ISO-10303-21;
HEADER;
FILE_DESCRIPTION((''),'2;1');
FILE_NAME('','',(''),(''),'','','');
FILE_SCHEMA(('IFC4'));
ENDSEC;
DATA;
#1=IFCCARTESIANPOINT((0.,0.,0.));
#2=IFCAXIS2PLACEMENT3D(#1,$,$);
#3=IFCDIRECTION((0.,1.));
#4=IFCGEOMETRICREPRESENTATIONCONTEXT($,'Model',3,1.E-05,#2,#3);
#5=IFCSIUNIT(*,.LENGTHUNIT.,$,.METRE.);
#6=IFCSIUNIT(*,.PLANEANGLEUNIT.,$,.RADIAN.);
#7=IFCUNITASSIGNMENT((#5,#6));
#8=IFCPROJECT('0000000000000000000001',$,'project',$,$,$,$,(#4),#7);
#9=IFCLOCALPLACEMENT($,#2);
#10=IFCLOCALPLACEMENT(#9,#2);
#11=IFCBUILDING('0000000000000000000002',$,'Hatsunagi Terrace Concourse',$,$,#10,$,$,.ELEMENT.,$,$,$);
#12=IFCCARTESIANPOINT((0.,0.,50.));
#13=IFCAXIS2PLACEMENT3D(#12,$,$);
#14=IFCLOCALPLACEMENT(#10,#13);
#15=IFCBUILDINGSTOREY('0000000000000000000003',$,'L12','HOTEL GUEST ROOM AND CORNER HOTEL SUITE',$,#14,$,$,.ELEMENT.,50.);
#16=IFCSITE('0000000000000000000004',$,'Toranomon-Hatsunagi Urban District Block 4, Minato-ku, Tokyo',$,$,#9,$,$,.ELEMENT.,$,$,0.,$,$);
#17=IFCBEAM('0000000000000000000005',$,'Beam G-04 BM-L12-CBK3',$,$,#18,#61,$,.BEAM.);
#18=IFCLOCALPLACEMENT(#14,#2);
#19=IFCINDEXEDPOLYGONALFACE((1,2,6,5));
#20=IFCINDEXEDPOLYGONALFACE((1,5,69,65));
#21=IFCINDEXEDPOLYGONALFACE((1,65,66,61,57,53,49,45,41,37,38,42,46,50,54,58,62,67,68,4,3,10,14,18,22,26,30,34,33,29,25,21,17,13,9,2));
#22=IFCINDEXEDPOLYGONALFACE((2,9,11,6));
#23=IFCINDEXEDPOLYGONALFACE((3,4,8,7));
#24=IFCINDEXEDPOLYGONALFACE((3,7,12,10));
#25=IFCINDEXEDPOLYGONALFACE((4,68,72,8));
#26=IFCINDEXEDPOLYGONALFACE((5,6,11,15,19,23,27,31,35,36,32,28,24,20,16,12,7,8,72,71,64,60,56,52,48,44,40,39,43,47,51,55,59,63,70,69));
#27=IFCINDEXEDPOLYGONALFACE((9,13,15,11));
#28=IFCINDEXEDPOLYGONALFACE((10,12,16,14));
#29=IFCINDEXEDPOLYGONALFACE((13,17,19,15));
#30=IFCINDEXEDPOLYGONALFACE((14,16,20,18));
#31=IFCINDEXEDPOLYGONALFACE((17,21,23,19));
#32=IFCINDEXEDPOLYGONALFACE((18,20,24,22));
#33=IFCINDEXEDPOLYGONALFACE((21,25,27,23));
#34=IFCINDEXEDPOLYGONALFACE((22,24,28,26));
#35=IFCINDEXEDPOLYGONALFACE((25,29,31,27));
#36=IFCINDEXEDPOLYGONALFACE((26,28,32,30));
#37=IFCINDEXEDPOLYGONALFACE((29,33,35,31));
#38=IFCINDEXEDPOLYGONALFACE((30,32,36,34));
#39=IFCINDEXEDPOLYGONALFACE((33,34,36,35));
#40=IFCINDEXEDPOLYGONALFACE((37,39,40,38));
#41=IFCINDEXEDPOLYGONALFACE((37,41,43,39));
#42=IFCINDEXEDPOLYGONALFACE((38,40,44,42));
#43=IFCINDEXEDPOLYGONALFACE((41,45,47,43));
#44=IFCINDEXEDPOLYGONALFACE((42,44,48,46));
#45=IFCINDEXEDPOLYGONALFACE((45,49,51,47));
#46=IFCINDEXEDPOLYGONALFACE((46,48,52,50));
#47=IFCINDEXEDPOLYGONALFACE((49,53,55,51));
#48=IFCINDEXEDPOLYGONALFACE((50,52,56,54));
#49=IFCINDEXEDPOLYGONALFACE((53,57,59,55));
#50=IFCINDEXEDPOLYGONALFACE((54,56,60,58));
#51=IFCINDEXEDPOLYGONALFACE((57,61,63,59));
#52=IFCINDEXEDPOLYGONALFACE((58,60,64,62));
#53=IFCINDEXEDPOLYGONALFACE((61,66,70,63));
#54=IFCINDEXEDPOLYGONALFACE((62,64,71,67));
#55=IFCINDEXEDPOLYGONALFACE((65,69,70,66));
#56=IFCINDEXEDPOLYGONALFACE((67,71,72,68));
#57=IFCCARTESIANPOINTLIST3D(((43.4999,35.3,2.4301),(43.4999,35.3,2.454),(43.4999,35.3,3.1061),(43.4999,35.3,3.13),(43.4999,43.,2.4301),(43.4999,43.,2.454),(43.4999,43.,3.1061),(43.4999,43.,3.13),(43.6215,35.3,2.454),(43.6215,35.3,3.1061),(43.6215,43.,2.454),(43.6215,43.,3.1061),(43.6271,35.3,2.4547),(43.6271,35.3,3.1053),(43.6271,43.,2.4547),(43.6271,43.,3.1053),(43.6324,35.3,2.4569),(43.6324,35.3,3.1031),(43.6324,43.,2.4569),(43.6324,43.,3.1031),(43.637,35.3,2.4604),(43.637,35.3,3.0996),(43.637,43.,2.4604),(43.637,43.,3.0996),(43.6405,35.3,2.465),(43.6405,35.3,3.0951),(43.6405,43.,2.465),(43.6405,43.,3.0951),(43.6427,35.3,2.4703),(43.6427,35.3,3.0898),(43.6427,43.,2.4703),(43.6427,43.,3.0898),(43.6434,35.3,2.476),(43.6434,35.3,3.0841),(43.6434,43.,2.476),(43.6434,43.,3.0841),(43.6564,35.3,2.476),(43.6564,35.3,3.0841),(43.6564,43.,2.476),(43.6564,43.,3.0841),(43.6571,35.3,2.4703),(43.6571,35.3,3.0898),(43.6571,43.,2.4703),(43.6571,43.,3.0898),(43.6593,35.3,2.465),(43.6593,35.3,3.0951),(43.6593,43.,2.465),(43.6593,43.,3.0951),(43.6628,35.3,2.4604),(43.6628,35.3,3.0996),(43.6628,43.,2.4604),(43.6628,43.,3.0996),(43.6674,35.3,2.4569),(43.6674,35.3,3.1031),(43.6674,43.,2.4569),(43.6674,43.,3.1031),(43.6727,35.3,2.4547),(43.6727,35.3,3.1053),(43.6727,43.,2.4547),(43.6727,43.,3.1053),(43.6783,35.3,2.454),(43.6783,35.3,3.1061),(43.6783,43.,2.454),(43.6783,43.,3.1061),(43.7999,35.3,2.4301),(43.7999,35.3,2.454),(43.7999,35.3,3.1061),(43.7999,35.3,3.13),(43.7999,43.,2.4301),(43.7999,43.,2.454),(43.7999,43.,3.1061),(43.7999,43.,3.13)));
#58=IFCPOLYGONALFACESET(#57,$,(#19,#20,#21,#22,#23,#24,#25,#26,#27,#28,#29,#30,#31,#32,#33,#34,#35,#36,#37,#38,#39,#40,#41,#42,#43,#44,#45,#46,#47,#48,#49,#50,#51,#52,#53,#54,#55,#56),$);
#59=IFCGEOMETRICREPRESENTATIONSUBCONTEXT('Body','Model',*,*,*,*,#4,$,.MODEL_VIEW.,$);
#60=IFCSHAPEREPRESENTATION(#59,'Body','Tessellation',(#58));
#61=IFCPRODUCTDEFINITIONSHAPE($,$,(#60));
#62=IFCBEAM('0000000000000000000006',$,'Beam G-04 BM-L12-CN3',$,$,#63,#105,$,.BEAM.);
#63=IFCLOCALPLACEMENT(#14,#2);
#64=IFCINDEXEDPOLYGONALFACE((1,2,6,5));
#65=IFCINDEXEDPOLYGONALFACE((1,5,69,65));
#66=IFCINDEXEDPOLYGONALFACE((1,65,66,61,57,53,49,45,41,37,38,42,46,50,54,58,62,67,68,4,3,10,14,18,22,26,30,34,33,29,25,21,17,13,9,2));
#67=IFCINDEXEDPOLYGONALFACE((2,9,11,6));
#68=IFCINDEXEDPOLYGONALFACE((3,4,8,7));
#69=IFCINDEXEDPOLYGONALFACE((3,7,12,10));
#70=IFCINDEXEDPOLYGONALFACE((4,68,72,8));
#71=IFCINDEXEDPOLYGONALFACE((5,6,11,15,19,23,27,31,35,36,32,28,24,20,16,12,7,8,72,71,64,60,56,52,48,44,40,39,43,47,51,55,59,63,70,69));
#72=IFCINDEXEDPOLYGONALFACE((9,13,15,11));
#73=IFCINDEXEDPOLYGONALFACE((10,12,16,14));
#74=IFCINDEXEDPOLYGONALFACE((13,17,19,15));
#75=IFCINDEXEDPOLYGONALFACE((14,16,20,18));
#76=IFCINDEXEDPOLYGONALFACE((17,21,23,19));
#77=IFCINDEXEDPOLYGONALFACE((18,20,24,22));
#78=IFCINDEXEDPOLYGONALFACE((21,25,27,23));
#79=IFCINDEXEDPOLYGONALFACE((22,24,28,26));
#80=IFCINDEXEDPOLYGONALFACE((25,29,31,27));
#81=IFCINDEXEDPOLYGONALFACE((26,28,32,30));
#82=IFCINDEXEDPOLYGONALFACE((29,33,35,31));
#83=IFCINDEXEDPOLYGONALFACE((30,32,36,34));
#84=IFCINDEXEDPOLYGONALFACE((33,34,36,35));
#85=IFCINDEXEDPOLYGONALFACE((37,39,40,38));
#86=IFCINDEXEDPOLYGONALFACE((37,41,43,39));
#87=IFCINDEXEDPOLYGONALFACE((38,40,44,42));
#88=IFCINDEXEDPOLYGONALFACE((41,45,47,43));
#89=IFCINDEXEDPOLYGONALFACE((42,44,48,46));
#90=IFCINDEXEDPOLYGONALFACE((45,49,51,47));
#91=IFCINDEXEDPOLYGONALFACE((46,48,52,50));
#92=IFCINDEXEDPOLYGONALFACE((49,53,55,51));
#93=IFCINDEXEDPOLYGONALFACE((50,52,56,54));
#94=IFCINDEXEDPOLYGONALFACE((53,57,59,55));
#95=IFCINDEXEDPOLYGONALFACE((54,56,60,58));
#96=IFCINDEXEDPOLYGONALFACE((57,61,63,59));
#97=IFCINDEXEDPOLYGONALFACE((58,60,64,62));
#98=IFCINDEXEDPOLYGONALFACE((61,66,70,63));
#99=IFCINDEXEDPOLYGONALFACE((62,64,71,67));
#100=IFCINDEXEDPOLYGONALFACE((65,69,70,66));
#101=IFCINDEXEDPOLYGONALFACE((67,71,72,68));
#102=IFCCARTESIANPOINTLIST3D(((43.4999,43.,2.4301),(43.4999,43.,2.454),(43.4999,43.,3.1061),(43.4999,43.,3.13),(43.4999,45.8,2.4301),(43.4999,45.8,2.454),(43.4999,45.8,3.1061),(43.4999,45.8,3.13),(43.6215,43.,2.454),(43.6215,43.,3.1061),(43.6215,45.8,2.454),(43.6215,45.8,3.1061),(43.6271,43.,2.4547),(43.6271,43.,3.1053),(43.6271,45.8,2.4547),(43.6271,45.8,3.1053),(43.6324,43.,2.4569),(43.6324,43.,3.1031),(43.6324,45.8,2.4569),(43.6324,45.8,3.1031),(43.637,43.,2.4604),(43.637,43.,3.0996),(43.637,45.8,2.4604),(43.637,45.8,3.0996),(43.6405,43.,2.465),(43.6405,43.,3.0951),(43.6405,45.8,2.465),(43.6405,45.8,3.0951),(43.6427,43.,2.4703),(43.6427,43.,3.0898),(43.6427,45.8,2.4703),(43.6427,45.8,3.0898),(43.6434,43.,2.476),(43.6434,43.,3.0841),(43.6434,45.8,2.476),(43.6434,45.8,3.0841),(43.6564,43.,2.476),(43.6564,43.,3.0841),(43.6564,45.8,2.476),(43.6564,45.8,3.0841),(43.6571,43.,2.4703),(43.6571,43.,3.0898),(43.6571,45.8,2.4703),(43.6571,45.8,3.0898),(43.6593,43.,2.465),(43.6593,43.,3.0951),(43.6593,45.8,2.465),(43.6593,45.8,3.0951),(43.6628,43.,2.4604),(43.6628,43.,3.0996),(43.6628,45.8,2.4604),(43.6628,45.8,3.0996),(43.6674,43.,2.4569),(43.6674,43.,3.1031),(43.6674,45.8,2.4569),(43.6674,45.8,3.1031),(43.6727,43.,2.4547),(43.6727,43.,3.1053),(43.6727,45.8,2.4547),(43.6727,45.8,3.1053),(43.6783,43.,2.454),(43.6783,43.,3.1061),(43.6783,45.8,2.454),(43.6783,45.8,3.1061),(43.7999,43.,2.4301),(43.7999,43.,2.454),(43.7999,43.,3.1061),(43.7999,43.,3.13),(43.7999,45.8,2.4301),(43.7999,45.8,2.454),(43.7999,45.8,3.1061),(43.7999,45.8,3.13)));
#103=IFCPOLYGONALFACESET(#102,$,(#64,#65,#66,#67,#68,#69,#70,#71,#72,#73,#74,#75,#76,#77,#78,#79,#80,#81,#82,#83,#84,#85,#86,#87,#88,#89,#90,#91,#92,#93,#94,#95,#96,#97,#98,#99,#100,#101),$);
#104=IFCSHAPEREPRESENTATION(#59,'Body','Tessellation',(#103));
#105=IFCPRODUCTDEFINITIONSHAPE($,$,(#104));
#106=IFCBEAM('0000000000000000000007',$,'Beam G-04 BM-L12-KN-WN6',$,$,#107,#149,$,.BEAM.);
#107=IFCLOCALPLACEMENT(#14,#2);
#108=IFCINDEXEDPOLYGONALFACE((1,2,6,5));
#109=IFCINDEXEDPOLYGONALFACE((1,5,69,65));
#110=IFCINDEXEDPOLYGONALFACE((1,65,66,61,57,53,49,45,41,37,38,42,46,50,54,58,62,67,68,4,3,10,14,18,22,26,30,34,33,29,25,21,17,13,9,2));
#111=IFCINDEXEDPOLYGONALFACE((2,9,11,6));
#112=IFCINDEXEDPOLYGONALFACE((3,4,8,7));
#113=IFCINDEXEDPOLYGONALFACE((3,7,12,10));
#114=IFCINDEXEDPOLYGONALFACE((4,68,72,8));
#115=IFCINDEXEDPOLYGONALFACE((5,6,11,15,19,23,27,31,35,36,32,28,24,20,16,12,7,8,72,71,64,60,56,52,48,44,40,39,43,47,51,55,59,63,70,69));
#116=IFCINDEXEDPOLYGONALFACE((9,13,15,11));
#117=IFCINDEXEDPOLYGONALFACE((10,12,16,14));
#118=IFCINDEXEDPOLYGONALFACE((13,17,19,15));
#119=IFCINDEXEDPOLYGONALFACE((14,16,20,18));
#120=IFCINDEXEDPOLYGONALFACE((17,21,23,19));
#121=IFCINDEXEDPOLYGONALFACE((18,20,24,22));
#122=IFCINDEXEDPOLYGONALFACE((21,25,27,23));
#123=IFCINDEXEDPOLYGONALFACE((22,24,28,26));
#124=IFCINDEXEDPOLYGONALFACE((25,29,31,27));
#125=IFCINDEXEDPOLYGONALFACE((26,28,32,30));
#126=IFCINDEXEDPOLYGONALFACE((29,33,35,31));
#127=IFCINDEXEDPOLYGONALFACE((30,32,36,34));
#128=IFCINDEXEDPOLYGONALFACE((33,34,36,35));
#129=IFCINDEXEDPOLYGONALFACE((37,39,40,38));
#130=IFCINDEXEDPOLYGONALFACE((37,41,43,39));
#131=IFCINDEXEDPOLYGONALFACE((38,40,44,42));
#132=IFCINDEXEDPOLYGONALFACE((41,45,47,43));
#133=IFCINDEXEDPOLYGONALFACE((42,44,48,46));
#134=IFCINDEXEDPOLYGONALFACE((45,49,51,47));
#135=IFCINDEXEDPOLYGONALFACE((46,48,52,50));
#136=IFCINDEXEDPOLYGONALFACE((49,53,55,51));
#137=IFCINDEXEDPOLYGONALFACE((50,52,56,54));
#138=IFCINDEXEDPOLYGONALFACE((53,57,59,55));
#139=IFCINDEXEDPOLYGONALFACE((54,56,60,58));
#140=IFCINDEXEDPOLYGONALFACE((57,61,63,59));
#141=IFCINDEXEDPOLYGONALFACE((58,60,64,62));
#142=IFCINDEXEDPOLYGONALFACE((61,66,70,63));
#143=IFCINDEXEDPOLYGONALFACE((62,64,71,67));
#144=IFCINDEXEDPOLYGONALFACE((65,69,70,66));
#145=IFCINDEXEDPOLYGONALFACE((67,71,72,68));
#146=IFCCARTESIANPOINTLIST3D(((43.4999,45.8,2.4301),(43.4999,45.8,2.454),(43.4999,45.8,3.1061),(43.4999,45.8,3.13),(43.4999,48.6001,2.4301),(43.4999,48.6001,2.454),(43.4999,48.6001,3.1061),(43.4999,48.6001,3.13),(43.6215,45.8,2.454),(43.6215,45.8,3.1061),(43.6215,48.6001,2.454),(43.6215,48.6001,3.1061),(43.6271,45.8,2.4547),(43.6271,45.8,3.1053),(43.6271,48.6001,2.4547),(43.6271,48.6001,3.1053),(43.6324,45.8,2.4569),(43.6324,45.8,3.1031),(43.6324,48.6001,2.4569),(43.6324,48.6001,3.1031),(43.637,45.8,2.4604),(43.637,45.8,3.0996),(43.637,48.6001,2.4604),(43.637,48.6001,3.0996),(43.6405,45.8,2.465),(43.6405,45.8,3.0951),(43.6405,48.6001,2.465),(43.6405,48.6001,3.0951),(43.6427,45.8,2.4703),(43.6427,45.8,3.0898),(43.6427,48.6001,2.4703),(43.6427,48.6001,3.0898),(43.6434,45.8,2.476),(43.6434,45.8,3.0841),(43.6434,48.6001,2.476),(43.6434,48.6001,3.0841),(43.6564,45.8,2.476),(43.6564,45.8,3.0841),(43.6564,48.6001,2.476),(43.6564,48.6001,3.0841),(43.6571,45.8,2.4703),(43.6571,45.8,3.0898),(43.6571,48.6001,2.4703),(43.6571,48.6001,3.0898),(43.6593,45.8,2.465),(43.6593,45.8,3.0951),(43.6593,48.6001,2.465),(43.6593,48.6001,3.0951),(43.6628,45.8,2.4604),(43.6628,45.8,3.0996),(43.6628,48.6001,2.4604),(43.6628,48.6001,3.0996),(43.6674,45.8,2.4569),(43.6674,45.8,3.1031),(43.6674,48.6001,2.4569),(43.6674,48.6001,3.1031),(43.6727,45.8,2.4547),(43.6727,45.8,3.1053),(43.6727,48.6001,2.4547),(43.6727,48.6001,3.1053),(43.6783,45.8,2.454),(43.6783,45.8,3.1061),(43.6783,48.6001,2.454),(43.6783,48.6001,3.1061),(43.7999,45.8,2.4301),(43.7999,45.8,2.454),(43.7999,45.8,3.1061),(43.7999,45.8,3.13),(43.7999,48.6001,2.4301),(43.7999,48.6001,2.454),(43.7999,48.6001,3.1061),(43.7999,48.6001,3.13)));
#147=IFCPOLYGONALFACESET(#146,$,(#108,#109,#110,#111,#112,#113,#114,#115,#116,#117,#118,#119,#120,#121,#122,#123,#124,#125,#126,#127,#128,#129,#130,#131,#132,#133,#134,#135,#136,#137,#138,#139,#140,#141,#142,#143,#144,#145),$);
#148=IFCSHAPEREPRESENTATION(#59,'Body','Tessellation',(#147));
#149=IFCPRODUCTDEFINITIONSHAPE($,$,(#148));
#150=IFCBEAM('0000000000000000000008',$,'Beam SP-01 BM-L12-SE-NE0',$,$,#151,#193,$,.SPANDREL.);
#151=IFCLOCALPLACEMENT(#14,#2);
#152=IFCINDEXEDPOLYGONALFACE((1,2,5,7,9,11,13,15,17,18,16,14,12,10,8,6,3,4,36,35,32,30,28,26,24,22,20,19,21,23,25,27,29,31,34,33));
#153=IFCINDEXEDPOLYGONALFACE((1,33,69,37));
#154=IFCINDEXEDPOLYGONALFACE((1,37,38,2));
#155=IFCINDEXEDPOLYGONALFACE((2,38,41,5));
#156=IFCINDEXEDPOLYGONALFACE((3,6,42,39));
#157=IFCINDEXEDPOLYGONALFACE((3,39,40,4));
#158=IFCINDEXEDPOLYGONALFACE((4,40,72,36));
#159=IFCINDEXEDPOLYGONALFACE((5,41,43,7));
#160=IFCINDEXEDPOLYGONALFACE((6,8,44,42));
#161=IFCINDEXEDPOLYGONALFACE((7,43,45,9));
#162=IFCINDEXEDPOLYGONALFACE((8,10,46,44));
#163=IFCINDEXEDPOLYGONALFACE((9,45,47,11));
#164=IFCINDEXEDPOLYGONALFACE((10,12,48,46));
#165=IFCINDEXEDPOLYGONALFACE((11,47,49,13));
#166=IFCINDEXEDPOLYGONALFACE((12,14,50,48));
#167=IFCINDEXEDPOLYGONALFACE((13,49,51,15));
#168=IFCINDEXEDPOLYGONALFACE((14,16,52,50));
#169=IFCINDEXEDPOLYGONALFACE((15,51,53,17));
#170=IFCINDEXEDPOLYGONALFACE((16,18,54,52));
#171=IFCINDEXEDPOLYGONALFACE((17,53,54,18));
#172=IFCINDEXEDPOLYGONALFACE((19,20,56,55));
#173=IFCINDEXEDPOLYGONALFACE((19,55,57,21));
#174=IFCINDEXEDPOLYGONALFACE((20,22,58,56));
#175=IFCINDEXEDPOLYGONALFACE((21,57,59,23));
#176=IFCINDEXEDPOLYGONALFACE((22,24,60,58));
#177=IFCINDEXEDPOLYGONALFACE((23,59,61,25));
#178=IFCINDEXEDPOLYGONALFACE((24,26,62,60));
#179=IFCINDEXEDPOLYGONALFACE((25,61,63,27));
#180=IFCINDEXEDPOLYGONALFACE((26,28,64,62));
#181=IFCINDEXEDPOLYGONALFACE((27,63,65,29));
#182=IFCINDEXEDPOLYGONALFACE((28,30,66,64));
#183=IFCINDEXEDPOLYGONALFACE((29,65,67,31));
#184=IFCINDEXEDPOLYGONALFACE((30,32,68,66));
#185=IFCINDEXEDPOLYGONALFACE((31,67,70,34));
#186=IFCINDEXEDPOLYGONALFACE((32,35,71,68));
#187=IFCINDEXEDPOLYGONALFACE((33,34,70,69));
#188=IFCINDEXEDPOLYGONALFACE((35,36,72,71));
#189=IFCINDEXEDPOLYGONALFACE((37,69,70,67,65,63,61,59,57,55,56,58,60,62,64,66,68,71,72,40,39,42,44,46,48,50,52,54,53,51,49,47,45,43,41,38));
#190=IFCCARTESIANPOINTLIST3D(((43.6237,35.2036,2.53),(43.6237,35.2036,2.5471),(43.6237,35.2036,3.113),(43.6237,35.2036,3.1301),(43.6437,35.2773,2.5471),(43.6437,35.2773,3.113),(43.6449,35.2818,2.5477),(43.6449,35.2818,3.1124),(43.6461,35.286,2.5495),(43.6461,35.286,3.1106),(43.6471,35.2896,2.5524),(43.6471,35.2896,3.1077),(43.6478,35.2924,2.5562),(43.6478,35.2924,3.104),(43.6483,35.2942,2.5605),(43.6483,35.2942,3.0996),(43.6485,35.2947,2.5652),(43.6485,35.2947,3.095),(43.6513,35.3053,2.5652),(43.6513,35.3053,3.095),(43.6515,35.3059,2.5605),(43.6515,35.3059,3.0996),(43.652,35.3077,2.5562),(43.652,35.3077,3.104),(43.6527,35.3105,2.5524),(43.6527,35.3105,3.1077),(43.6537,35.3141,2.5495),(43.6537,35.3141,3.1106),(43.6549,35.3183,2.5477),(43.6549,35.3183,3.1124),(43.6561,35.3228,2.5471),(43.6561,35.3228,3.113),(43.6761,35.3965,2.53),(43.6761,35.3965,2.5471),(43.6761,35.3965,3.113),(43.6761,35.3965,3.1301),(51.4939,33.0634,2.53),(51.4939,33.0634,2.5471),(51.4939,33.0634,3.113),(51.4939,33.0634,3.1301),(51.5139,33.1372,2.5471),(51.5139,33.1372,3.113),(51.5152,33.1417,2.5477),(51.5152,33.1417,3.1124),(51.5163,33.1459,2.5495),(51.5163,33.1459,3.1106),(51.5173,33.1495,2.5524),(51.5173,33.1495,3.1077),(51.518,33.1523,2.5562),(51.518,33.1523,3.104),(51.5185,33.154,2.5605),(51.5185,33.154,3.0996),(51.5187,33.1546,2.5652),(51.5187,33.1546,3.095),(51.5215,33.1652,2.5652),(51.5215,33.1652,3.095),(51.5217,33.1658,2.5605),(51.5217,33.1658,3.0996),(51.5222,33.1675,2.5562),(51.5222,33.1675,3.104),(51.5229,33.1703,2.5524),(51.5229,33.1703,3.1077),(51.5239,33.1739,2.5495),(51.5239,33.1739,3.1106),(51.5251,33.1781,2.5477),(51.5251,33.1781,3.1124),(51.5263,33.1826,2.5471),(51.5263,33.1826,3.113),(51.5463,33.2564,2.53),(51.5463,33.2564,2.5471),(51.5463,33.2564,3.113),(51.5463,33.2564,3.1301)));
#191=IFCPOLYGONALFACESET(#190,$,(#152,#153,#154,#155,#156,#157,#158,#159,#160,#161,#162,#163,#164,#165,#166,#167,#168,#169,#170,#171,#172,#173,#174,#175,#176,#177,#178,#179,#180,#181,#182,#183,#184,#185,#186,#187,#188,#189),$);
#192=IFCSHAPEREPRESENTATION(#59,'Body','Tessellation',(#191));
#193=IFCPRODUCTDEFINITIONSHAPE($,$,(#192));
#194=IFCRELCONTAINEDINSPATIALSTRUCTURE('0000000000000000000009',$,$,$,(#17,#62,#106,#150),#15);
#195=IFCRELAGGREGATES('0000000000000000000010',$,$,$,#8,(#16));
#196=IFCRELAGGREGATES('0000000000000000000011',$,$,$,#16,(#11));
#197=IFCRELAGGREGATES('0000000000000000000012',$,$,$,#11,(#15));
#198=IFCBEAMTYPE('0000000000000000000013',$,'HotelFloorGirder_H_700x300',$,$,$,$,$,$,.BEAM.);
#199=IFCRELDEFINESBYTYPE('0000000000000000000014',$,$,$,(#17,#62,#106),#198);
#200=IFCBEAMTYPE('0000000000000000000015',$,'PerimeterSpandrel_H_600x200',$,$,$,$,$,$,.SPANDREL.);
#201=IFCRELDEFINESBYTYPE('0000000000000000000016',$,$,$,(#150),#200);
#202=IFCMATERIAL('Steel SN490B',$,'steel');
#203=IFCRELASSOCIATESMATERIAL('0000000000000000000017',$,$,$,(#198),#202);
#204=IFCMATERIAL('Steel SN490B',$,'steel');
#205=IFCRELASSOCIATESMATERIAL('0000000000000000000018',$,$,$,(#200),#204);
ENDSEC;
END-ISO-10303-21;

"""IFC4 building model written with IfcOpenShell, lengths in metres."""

from ifc_helpers import new_model, si_unit, direction, frame, origin, origin_2d, place, context, subcontext, project, spatial, i_section, extrude, material, material_profile, profile_set, type_object, element, save


model = new_model("IFC4")

# Units and contexts
model_context = context("Model", 3, precision=1e-05, world=origin(), true_north=direction((0.0, 1.0)))
body_context = subcontext(model_context, "Body", "Model", "MODEL_VIEW")
ifc_project = project(units=[si_unit("LENGTHUNIT", "METRE"), si_unit("PLANEANGLEUNIT", "RADIAN")], contexts=[model_context])

# Site, building, storey
site_placement = place(None, origin())
site = spatial("IfcSite", under=ifc_project, at=site_placement, Name="Toranomon-Hatsunagi Urban District Block 4, Minato-ku, Tokyo", CompositionType="ELEMENT", RefElevation=0.0)
building_placement = place(site_placement, origin())
building = spatial("IfcBuilding", under=site, at=building_placement, Name="Hatsunagi Terrace Concourse", CompositionType="ELEMENT")
storey_placement = place(building_placement, frame((0.0, 0.0, 50.0)))
storey = spatial("IfcBuildingStorey", under=building, at=storey_placement, Name="L12", Description="HOTEL GUEST ROOM AND CORNER HOTEL SUITE", CompositionType="ELEMENT", Elevation=50.0)

# Beams
ifc_material_1 = material(Name="Steel SN490B", Category="steel")
ifc_material_profile_1 = material_profile(ifc_material_1, i_section(OverallWidth=0.3, OverallDepth=0.7, WebThickness=0.0129, FlangeThickness=0.0239, FilletRadius=0.022, at=origin_2d()), Name="H-700x300x13x24")
ifc_profile_set_1 = profile_set([ifc_material_profile_1], Name="Steel SN490B")
beam_type_1 = type_object("IfcBeamType", Name="HotelFloorGirder_H_700x300", PredefinedType="BEAM", material=ifc_profile_set_1)
beam_1_placement = place(storey_placement, frame((43.6499, 35.3, 2.78), z_axis=(0.0, 1.0, 0.0), x_axis=(-1.0, 0.0, 0.0)))
element("IfcBeam", 1, at=beam_1_placement, inside=storey, type_object=beam_type_1, Name="Beam G-04 BM-L12-CBK3", PredefinedType="BEAM", context=body_context, shape_type="SweptSolid", body=[
    extrude(i_section(OverallWidth=0.3, OverallDepth=0.7, WebThickness=0.0129, FlangeThickness=0.0239, FilletRadius=0.022, at=origin_2d()), origin(), (0.0, 0.0, 1.0), 7.7),
])
for number, where, z_axis, x_axis, name in (
    (2, (43.6499, 43.0, 2.78), (0.0, 1.0, 0.0), (-1.0, 0.0, 0.0), "Beam G-04 BM-L12-CN3"),
    (3, (43.6499, 45.8, 2.78), (0.0, 1.0, 0.0), (-1.0, 0.0, 0.0), "Beam G-04 BM-L12-KN-WN6"),
):
    element("IfcBeam", number, at=place(storey_placement, frame(where, z_axis=z_axis, x_axis=x_axis)), inside=storey, type_object=beam_type_1, Name=name, PredefinedType="BEAM", context=body_context, shape_type="SweptSolid", body=[
        extrude(i_section(OverallWidth=0.3, OverallDepth=0.7, WebThickness=0.0129, FlangeThickness=0.0239, FilletRadius=0.022, at=origin_2d()), origin(), (0.0, 0.0, 1.0), 2.8),
    ])
ifc_material_2 = material(Name="Steel SN490B", Category="steel")
ifc_material_profile_2 = material_profile(ifc_material_2, i_section(OverallWidth=0.2, OverallDepth=0.6001, WebThickness=0.011, FlangeThickness=0.0171, FilletRadius=0.0181, at=origin_2d()), Name="H-600x200x11x17")
ifc_profile_set_2 = profile_set([ifc_material_profile_2], Name="Steel SN490B")
beam_type_2 = type_object("IfcBeamType", Name="PerimeterSpandrel_H_600x200", PredefinedType="SPANDREL", material=ifc_profile_set_2)
beam_2_placement = place(storey_placement, frame((43.6499, 35.3, 2.8301), z_axis=(0.964958, -0.262403, 0.0), x_axis=(0.262403, 0.964958, 0.0)))
element("IfcBeam", 4, at=beam_2_placement, inside=storey, type_object=beam_type_2, Name="Beam SP-01 BM-L12-SE-NE0", PredefinedType="SPANDREL", context=body_context, shape_type="SweptSolid", body=[
    extrude(i_section(OverallWidth=0.2, OverallDepth=0.6001, WebThickness=0.011, FlangeThickness=0.0171, FilletRadius=0.0181, at=origin_2d()), origin(), (0.0, 0.0, 1.0), 8.156),
])

save(model, "model.ifc")
